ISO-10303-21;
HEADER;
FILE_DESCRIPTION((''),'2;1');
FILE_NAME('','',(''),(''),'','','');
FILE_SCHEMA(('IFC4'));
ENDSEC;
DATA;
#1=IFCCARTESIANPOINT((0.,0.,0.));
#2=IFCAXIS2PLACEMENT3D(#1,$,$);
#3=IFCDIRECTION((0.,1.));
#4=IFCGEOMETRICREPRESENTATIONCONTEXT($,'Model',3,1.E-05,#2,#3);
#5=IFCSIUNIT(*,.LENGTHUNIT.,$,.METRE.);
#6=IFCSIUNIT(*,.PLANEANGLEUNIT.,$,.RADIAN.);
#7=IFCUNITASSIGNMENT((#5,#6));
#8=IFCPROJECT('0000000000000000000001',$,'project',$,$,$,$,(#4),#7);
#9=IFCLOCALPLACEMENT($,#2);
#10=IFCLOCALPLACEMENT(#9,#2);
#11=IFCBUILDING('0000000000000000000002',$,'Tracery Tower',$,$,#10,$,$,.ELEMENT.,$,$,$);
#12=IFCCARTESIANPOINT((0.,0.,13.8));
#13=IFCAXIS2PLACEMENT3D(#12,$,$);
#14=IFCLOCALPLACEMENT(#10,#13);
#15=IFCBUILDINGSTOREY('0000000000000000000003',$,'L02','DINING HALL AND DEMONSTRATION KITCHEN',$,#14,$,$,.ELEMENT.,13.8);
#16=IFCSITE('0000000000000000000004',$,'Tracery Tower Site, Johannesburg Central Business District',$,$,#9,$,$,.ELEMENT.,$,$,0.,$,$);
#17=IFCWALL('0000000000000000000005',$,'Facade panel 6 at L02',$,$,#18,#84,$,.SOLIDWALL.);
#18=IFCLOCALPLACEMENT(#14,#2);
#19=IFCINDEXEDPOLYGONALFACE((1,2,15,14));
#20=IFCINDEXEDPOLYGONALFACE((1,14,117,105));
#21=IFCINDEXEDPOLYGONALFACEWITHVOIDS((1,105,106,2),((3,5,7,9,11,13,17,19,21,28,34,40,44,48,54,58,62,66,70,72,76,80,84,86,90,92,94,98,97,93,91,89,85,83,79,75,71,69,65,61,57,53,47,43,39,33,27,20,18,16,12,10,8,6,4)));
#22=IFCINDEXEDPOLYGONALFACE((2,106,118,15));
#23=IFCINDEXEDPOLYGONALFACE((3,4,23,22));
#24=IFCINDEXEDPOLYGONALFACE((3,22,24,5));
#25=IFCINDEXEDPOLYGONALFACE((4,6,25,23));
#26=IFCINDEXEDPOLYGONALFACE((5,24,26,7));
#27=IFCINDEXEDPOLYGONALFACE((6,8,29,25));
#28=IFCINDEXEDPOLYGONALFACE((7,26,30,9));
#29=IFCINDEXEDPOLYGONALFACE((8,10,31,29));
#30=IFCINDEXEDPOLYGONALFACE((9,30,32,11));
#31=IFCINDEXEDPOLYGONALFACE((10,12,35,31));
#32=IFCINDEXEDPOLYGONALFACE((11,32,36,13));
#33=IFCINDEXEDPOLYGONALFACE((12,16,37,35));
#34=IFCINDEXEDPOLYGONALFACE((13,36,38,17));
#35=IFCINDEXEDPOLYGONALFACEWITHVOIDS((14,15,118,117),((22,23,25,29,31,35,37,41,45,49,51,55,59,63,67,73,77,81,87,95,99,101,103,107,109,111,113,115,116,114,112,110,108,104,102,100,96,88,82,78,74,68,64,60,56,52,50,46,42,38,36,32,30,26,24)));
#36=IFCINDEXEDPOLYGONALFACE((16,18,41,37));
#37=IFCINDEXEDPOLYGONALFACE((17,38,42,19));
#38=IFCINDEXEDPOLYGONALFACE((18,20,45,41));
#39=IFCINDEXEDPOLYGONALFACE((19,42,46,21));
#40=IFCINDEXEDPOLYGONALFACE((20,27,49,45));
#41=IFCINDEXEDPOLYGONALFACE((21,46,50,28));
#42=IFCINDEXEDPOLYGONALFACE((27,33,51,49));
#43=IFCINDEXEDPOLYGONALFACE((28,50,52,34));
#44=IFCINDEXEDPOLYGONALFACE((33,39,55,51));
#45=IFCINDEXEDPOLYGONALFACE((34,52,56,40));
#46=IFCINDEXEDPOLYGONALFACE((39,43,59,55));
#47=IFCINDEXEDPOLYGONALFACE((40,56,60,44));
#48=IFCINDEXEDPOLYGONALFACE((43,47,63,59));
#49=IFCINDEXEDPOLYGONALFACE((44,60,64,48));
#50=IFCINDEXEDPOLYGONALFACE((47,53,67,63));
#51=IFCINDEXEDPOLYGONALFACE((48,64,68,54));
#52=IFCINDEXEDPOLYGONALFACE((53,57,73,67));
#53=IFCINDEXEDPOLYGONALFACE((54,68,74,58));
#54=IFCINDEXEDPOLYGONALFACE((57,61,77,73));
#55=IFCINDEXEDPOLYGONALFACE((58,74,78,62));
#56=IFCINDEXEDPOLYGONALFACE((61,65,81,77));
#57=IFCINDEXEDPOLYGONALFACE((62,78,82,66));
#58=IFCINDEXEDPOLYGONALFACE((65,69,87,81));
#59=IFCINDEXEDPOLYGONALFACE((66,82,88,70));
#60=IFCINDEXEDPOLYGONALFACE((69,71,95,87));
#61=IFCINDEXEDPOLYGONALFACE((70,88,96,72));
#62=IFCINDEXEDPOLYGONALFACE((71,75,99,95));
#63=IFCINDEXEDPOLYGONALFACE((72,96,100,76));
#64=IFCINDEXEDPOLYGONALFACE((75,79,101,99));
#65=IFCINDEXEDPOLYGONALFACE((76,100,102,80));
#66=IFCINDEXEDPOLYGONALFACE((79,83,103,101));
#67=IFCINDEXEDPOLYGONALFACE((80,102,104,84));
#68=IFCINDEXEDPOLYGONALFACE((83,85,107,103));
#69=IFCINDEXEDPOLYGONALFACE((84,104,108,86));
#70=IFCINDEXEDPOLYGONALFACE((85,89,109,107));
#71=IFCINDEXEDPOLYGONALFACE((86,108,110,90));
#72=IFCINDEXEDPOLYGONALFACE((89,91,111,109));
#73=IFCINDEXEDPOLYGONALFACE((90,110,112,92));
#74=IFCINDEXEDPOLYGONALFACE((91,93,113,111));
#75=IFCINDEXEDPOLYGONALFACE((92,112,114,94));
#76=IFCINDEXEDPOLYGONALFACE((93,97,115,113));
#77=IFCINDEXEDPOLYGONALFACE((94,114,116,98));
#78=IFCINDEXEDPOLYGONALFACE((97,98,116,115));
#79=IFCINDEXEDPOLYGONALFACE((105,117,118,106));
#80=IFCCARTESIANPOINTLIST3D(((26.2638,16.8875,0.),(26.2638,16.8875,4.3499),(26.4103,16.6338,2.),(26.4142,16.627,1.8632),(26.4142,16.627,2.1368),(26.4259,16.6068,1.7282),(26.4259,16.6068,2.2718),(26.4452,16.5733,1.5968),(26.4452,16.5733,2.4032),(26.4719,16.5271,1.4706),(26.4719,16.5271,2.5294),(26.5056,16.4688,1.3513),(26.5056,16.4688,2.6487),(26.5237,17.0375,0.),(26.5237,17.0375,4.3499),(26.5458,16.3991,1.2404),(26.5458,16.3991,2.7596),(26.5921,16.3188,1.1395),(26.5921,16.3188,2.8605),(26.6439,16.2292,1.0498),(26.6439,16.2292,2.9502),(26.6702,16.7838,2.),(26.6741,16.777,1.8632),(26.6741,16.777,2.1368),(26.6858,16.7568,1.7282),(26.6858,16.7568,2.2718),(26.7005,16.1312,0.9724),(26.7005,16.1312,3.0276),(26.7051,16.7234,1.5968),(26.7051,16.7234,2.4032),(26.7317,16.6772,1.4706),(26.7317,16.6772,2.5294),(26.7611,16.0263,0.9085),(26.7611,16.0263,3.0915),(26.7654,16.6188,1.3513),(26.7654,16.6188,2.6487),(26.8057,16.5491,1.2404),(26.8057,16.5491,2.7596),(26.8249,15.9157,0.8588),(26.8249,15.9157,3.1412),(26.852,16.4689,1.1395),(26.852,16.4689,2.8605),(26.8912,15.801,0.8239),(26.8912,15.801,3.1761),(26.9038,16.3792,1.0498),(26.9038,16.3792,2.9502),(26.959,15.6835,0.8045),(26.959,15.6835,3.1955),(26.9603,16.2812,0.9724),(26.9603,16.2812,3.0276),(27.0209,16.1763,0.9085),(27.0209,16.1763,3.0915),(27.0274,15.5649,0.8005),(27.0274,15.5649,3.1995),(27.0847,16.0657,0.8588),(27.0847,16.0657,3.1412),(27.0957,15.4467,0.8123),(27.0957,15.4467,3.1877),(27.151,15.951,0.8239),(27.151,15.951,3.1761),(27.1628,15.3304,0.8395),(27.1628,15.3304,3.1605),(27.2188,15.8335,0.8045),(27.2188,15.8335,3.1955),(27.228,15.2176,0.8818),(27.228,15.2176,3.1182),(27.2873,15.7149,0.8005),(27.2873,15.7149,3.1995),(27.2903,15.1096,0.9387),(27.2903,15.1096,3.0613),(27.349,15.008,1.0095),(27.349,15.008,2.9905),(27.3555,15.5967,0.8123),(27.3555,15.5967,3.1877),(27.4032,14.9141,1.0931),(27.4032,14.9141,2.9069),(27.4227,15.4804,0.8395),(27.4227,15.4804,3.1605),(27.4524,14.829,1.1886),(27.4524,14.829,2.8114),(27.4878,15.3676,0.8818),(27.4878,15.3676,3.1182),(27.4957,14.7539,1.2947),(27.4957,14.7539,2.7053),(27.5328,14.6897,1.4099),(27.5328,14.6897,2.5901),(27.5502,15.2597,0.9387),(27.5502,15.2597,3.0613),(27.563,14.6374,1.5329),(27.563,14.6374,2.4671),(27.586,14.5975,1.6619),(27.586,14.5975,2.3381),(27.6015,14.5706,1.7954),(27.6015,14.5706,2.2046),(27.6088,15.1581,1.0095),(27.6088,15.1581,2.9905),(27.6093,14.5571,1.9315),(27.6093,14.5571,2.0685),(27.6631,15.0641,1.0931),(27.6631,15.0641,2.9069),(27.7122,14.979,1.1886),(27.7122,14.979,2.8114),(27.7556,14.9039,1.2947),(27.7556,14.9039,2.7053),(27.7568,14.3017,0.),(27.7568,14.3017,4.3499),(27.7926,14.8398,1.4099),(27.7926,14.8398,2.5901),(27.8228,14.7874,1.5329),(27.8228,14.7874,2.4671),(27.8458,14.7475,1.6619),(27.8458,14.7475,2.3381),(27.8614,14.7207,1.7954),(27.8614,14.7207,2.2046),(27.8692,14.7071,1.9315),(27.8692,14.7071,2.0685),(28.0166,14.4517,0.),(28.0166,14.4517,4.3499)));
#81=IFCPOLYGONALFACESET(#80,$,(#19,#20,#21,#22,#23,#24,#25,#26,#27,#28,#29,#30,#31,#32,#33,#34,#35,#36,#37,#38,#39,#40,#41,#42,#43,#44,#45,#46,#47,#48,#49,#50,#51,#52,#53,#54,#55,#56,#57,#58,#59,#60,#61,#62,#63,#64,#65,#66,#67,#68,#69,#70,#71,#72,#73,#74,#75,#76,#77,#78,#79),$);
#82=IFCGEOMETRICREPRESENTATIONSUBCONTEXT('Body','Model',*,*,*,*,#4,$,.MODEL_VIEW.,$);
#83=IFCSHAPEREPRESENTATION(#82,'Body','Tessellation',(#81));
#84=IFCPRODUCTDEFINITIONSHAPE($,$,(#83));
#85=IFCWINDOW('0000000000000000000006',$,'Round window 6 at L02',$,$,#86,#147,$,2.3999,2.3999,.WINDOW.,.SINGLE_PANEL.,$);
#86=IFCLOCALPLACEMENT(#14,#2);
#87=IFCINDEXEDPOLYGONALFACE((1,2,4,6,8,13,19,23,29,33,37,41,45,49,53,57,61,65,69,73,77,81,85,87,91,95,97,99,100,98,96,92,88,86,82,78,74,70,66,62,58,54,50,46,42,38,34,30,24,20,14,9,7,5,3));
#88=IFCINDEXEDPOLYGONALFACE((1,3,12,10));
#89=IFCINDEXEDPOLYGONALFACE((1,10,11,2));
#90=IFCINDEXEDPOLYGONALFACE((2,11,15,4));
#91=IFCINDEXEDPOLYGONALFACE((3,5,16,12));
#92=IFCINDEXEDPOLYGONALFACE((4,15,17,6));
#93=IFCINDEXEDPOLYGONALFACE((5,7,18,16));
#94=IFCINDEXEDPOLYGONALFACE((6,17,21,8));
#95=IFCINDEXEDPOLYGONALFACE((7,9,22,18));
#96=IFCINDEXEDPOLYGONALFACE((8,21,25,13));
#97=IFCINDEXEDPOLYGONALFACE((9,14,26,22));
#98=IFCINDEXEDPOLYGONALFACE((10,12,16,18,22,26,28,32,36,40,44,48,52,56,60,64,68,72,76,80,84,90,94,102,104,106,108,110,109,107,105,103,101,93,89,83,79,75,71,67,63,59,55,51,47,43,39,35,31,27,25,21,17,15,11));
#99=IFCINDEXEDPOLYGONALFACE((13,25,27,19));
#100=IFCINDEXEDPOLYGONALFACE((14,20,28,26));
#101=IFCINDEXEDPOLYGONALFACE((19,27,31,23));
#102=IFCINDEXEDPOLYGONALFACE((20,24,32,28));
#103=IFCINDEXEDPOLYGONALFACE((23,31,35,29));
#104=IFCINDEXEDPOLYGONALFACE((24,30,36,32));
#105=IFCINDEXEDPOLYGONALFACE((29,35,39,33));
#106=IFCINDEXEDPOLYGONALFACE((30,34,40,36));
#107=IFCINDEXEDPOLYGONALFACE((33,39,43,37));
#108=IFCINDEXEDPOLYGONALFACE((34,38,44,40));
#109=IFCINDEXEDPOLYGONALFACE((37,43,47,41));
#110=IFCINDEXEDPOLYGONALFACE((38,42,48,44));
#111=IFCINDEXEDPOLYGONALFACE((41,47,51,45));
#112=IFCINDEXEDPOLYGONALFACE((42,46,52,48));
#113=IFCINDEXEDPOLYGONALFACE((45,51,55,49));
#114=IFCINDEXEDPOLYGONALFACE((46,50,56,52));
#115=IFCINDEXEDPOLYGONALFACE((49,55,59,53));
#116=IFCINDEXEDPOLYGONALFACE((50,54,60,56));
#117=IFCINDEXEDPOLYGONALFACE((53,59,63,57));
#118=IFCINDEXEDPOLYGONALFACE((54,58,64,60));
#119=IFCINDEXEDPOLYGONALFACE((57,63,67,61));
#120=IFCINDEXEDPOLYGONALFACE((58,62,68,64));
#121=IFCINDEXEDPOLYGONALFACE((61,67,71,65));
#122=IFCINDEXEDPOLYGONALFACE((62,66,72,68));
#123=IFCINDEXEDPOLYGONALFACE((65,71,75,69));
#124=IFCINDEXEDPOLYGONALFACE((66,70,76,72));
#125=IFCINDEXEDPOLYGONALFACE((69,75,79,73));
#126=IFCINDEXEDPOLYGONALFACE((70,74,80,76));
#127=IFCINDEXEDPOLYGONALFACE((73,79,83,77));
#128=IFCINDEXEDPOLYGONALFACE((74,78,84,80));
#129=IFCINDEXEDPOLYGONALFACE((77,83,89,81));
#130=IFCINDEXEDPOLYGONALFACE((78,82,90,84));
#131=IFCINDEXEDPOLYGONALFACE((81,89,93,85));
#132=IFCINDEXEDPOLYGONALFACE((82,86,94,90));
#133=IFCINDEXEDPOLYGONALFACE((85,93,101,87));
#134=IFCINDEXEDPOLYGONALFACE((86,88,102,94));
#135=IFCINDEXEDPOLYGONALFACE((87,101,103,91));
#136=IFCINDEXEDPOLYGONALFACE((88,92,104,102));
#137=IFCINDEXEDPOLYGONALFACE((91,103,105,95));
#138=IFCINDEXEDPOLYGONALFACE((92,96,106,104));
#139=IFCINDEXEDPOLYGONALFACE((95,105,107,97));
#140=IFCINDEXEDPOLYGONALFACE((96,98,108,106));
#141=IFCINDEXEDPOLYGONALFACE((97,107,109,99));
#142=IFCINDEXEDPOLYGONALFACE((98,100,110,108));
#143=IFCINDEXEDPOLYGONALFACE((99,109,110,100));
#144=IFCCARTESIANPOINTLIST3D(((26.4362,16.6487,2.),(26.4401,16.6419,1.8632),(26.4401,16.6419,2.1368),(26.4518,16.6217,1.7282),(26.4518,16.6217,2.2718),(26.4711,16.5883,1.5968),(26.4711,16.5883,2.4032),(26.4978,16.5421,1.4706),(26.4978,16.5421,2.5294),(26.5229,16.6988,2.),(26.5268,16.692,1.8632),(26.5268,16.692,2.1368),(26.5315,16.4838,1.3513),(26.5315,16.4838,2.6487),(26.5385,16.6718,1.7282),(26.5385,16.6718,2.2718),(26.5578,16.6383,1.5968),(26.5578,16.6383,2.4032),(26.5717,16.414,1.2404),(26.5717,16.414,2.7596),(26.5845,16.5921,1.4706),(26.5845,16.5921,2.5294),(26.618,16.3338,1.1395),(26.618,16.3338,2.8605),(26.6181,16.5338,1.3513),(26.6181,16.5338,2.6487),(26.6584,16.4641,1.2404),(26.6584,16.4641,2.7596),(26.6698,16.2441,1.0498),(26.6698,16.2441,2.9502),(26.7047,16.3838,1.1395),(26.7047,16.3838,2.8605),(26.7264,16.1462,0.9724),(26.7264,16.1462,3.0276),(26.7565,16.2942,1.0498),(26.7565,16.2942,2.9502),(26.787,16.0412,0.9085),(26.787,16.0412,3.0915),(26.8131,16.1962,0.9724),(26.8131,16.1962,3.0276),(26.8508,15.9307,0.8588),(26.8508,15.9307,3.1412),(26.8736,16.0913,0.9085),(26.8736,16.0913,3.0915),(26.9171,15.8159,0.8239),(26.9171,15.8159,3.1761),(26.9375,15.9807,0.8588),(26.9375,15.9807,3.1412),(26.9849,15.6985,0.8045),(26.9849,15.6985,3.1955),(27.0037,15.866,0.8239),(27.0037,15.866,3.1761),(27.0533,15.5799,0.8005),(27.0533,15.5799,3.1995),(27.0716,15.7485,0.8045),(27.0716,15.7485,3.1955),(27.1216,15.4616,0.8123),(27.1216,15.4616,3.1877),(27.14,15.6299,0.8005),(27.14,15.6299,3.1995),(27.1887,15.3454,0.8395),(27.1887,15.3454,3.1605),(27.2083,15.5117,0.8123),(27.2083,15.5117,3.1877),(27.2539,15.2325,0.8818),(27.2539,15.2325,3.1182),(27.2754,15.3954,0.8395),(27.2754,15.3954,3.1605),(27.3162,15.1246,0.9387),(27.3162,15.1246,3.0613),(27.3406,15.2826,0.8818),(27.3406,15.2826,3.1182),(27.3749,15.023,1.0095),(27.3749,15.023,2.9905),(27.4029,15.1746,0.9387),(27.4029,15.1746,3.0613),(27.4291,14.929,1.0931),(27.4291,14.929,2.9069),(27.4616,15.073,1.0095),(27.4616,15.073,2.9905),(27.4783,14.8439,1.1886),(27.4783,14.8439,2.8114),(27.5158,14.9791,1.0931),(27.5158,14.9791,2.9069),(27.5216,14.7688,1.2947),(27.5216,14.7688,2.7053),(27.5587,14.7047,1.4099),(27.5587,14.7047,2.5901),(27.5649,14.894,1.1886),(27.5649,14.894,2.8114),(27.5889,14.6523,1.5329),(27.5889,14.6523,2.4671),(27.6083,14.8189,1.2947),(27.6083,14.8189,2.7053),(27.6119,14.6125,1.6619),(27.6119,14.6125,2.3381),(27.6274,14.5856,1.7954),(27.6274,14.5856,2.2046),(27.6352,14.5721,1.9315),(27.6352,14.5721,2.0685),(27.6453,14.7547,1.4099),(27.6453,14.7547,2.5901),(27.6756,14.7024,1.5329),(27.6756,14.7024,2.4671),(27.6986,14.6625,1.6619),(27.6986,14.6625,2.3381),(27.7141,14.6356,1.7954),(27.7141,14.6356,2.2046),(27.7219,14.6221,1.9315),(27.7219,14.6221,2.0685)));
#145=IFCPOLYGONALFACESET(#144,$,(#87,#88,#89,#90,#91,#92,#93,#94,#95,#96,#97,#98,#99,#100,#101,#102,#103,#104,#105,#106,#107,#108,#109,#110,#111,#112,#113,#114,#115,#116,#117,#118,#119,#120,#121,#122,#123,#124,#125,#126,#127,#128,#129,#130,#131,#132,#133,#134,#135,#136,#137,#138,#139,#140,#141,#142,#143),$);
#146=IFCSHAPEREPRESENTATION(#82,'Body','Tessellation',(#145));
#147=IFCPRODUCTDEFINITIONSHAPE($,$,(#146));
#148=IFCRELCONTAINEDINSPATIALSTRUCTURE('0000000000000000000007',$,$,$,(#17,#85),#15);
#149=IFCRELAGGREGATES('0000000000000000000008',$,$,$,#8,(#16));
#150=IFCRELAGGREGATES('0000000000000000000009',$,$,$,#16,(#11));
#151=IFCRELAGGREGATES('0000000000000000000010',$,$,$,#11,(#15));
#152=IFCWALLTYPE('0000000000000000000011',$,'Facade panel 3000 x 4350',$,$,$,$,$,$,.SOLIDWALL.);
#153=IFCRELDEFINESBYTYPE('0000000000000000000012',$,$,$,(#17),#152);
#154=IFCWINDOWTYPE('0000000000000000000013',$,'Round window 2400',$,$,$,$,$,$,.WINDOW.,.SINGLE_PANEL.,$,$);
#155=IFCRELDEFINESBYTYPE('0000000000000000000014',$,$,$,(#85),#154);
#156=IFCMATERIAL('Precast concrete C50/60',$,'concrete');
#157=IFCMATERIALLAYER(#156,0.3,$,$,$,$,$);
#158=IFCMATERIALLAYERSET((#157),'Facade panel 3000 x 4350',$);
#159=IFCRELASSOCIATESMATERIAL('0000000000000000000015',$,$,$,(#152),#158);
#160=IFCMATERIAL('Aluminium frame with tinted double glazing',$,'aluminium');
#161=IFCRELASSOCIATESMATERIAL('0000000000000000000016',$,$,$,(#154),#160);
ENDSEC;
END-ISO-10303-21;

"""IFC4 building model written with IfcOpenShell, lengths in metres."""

from ifc_helpers import new_model, si_unit, direction, frame, frame_2d, origin, origin_2d, place, context, subcontext, project, spatial, rectangle, circle, extrude, material, layer, layer_set, type_object, element, fill, save


model = new_model("IFC4")

# Units and contexts
model_context = context("Model", 3, precision=1e-05, world=origin(), true_north=direction((0.0, 1.0)))
body_context = subcontext(model_context, "Body", "Model", "MODEL_VIEW")
ifc_project = project(units=[si_unit("LENGTHUNIT", "METRE"), si_unit("PLANEANGLEUNIT", "RADIAN")], contexts=[model_context])

# Site, building, storey
site_placement = place(None, origin())
site = spatial("IfcSite", under=ifc_project, at=site_placement, Name="Tracery Tower Site, Johannesburg Central Business District", CompositionType="ELEMENT", RefElevation=0.0)
building_placement = place(site_placement, origin())
building = spatial("IfcBuilding", under=site, at=building_placement, Name="Tracery Tower", CompositionType="ELEMENT")
storey_placement = place(building_placement, frame((0.0, 0.0, 13.8)))
storey = spatial("IfcBuildingStorey", under=building, at=storey_placement, Name="L02", Description="DINING HALL AND DEMONSTRATION KITCHEN", CompositionType="ELEMENT", Elevation=13.8)

# Wall, opening, window
ifc_material_1 = material(Name="Precast concrete C50/60", Category="concrete")
ifc_layer_1 = layer(ifc_material_1, 0.3)
ifc_layer_set_1 = layer_set([ifc_layer_1], Name="Facade panel 3000 x 4350")
wall_type_1 = type_object("IfcWallType", Name="Facade panel 3000 x 4350", PredefinedType="SOLIDWALL", material=ifc_layer_set_1)
ifc_material_2 = material(Name="Aluminium frame with tinted double glazing", Category="aluminium")
window_type = type_object("IfcWindowType", Name="Round window 2400", PartitioningType="SINGLE_PANEL", PredefinedType="WINDOW", material=ifc_material_2)
wall_1_placement = place(storey_placement, frame((27.8867, 14.3767, 0.0), z_axis=(0.0, 0.0, 1.0), x_axis=(-0.500017, 0.866015, 0.0)))
wall_1 = element("IfcWall", 1, at=wall_1_placement, inside=storey, type_object=wall_type_1, Name="Facade panel 6 at L02", PredefinedType="SOLIDWALL", context=body_context, shape_type="SweptSolid", body=[
    extrude(rectangle(XDim=2.9858, YDim=0.3, at=frame_2d((1.4929, 0.0))), origin(), (0.0, 0.0, 1.0), 4.3499),
])
opening_1_placement = place(wall_1_placement, frame((1.4929, 0.0, 2.0)))
opening_1 = element("IfcOpeningElement", 2, at=opening_1_placement, cuts=wall_1, PredefinedType="OPENING", context=body_context, shape_type="SweptSolid", body=[
    extrude(circle(Radius=1.2, at=origin_2d()), frame((0.0, 0.1599, 0.0), z_axis=(0.0, -1.0, 0.0), x_axis=(1.0, 0.0, 0.0)), (0.0, 0.0, 1.0), 0.3201),
])
window_1_placement = place(opening_1_placement, origin())
window_1 = element("IfcWindow", 3, at=window_1_placement, inside=storey, type_object=window_type, Name="Round window 6 at L02", OverallHeight=2.3999, OverallWidth=2.3999, PartitioningType="SINGLE_PANEL", PredefinedType="WINDOW", context=body_context, shape_type="SweptSolid", body=[
    extrude(circle(Radius=1.2, at=origin_2d()), frame((0.0, 0.1201, 0.0), z_axis=(0.0, -1.0, 0.0), x_axis=(1.0, 0.0, 0.0)), (0.0, 0.0, 1.0), 0.1001),
])
fill(opening_1, window_1)

save(model, "model.ifc")
